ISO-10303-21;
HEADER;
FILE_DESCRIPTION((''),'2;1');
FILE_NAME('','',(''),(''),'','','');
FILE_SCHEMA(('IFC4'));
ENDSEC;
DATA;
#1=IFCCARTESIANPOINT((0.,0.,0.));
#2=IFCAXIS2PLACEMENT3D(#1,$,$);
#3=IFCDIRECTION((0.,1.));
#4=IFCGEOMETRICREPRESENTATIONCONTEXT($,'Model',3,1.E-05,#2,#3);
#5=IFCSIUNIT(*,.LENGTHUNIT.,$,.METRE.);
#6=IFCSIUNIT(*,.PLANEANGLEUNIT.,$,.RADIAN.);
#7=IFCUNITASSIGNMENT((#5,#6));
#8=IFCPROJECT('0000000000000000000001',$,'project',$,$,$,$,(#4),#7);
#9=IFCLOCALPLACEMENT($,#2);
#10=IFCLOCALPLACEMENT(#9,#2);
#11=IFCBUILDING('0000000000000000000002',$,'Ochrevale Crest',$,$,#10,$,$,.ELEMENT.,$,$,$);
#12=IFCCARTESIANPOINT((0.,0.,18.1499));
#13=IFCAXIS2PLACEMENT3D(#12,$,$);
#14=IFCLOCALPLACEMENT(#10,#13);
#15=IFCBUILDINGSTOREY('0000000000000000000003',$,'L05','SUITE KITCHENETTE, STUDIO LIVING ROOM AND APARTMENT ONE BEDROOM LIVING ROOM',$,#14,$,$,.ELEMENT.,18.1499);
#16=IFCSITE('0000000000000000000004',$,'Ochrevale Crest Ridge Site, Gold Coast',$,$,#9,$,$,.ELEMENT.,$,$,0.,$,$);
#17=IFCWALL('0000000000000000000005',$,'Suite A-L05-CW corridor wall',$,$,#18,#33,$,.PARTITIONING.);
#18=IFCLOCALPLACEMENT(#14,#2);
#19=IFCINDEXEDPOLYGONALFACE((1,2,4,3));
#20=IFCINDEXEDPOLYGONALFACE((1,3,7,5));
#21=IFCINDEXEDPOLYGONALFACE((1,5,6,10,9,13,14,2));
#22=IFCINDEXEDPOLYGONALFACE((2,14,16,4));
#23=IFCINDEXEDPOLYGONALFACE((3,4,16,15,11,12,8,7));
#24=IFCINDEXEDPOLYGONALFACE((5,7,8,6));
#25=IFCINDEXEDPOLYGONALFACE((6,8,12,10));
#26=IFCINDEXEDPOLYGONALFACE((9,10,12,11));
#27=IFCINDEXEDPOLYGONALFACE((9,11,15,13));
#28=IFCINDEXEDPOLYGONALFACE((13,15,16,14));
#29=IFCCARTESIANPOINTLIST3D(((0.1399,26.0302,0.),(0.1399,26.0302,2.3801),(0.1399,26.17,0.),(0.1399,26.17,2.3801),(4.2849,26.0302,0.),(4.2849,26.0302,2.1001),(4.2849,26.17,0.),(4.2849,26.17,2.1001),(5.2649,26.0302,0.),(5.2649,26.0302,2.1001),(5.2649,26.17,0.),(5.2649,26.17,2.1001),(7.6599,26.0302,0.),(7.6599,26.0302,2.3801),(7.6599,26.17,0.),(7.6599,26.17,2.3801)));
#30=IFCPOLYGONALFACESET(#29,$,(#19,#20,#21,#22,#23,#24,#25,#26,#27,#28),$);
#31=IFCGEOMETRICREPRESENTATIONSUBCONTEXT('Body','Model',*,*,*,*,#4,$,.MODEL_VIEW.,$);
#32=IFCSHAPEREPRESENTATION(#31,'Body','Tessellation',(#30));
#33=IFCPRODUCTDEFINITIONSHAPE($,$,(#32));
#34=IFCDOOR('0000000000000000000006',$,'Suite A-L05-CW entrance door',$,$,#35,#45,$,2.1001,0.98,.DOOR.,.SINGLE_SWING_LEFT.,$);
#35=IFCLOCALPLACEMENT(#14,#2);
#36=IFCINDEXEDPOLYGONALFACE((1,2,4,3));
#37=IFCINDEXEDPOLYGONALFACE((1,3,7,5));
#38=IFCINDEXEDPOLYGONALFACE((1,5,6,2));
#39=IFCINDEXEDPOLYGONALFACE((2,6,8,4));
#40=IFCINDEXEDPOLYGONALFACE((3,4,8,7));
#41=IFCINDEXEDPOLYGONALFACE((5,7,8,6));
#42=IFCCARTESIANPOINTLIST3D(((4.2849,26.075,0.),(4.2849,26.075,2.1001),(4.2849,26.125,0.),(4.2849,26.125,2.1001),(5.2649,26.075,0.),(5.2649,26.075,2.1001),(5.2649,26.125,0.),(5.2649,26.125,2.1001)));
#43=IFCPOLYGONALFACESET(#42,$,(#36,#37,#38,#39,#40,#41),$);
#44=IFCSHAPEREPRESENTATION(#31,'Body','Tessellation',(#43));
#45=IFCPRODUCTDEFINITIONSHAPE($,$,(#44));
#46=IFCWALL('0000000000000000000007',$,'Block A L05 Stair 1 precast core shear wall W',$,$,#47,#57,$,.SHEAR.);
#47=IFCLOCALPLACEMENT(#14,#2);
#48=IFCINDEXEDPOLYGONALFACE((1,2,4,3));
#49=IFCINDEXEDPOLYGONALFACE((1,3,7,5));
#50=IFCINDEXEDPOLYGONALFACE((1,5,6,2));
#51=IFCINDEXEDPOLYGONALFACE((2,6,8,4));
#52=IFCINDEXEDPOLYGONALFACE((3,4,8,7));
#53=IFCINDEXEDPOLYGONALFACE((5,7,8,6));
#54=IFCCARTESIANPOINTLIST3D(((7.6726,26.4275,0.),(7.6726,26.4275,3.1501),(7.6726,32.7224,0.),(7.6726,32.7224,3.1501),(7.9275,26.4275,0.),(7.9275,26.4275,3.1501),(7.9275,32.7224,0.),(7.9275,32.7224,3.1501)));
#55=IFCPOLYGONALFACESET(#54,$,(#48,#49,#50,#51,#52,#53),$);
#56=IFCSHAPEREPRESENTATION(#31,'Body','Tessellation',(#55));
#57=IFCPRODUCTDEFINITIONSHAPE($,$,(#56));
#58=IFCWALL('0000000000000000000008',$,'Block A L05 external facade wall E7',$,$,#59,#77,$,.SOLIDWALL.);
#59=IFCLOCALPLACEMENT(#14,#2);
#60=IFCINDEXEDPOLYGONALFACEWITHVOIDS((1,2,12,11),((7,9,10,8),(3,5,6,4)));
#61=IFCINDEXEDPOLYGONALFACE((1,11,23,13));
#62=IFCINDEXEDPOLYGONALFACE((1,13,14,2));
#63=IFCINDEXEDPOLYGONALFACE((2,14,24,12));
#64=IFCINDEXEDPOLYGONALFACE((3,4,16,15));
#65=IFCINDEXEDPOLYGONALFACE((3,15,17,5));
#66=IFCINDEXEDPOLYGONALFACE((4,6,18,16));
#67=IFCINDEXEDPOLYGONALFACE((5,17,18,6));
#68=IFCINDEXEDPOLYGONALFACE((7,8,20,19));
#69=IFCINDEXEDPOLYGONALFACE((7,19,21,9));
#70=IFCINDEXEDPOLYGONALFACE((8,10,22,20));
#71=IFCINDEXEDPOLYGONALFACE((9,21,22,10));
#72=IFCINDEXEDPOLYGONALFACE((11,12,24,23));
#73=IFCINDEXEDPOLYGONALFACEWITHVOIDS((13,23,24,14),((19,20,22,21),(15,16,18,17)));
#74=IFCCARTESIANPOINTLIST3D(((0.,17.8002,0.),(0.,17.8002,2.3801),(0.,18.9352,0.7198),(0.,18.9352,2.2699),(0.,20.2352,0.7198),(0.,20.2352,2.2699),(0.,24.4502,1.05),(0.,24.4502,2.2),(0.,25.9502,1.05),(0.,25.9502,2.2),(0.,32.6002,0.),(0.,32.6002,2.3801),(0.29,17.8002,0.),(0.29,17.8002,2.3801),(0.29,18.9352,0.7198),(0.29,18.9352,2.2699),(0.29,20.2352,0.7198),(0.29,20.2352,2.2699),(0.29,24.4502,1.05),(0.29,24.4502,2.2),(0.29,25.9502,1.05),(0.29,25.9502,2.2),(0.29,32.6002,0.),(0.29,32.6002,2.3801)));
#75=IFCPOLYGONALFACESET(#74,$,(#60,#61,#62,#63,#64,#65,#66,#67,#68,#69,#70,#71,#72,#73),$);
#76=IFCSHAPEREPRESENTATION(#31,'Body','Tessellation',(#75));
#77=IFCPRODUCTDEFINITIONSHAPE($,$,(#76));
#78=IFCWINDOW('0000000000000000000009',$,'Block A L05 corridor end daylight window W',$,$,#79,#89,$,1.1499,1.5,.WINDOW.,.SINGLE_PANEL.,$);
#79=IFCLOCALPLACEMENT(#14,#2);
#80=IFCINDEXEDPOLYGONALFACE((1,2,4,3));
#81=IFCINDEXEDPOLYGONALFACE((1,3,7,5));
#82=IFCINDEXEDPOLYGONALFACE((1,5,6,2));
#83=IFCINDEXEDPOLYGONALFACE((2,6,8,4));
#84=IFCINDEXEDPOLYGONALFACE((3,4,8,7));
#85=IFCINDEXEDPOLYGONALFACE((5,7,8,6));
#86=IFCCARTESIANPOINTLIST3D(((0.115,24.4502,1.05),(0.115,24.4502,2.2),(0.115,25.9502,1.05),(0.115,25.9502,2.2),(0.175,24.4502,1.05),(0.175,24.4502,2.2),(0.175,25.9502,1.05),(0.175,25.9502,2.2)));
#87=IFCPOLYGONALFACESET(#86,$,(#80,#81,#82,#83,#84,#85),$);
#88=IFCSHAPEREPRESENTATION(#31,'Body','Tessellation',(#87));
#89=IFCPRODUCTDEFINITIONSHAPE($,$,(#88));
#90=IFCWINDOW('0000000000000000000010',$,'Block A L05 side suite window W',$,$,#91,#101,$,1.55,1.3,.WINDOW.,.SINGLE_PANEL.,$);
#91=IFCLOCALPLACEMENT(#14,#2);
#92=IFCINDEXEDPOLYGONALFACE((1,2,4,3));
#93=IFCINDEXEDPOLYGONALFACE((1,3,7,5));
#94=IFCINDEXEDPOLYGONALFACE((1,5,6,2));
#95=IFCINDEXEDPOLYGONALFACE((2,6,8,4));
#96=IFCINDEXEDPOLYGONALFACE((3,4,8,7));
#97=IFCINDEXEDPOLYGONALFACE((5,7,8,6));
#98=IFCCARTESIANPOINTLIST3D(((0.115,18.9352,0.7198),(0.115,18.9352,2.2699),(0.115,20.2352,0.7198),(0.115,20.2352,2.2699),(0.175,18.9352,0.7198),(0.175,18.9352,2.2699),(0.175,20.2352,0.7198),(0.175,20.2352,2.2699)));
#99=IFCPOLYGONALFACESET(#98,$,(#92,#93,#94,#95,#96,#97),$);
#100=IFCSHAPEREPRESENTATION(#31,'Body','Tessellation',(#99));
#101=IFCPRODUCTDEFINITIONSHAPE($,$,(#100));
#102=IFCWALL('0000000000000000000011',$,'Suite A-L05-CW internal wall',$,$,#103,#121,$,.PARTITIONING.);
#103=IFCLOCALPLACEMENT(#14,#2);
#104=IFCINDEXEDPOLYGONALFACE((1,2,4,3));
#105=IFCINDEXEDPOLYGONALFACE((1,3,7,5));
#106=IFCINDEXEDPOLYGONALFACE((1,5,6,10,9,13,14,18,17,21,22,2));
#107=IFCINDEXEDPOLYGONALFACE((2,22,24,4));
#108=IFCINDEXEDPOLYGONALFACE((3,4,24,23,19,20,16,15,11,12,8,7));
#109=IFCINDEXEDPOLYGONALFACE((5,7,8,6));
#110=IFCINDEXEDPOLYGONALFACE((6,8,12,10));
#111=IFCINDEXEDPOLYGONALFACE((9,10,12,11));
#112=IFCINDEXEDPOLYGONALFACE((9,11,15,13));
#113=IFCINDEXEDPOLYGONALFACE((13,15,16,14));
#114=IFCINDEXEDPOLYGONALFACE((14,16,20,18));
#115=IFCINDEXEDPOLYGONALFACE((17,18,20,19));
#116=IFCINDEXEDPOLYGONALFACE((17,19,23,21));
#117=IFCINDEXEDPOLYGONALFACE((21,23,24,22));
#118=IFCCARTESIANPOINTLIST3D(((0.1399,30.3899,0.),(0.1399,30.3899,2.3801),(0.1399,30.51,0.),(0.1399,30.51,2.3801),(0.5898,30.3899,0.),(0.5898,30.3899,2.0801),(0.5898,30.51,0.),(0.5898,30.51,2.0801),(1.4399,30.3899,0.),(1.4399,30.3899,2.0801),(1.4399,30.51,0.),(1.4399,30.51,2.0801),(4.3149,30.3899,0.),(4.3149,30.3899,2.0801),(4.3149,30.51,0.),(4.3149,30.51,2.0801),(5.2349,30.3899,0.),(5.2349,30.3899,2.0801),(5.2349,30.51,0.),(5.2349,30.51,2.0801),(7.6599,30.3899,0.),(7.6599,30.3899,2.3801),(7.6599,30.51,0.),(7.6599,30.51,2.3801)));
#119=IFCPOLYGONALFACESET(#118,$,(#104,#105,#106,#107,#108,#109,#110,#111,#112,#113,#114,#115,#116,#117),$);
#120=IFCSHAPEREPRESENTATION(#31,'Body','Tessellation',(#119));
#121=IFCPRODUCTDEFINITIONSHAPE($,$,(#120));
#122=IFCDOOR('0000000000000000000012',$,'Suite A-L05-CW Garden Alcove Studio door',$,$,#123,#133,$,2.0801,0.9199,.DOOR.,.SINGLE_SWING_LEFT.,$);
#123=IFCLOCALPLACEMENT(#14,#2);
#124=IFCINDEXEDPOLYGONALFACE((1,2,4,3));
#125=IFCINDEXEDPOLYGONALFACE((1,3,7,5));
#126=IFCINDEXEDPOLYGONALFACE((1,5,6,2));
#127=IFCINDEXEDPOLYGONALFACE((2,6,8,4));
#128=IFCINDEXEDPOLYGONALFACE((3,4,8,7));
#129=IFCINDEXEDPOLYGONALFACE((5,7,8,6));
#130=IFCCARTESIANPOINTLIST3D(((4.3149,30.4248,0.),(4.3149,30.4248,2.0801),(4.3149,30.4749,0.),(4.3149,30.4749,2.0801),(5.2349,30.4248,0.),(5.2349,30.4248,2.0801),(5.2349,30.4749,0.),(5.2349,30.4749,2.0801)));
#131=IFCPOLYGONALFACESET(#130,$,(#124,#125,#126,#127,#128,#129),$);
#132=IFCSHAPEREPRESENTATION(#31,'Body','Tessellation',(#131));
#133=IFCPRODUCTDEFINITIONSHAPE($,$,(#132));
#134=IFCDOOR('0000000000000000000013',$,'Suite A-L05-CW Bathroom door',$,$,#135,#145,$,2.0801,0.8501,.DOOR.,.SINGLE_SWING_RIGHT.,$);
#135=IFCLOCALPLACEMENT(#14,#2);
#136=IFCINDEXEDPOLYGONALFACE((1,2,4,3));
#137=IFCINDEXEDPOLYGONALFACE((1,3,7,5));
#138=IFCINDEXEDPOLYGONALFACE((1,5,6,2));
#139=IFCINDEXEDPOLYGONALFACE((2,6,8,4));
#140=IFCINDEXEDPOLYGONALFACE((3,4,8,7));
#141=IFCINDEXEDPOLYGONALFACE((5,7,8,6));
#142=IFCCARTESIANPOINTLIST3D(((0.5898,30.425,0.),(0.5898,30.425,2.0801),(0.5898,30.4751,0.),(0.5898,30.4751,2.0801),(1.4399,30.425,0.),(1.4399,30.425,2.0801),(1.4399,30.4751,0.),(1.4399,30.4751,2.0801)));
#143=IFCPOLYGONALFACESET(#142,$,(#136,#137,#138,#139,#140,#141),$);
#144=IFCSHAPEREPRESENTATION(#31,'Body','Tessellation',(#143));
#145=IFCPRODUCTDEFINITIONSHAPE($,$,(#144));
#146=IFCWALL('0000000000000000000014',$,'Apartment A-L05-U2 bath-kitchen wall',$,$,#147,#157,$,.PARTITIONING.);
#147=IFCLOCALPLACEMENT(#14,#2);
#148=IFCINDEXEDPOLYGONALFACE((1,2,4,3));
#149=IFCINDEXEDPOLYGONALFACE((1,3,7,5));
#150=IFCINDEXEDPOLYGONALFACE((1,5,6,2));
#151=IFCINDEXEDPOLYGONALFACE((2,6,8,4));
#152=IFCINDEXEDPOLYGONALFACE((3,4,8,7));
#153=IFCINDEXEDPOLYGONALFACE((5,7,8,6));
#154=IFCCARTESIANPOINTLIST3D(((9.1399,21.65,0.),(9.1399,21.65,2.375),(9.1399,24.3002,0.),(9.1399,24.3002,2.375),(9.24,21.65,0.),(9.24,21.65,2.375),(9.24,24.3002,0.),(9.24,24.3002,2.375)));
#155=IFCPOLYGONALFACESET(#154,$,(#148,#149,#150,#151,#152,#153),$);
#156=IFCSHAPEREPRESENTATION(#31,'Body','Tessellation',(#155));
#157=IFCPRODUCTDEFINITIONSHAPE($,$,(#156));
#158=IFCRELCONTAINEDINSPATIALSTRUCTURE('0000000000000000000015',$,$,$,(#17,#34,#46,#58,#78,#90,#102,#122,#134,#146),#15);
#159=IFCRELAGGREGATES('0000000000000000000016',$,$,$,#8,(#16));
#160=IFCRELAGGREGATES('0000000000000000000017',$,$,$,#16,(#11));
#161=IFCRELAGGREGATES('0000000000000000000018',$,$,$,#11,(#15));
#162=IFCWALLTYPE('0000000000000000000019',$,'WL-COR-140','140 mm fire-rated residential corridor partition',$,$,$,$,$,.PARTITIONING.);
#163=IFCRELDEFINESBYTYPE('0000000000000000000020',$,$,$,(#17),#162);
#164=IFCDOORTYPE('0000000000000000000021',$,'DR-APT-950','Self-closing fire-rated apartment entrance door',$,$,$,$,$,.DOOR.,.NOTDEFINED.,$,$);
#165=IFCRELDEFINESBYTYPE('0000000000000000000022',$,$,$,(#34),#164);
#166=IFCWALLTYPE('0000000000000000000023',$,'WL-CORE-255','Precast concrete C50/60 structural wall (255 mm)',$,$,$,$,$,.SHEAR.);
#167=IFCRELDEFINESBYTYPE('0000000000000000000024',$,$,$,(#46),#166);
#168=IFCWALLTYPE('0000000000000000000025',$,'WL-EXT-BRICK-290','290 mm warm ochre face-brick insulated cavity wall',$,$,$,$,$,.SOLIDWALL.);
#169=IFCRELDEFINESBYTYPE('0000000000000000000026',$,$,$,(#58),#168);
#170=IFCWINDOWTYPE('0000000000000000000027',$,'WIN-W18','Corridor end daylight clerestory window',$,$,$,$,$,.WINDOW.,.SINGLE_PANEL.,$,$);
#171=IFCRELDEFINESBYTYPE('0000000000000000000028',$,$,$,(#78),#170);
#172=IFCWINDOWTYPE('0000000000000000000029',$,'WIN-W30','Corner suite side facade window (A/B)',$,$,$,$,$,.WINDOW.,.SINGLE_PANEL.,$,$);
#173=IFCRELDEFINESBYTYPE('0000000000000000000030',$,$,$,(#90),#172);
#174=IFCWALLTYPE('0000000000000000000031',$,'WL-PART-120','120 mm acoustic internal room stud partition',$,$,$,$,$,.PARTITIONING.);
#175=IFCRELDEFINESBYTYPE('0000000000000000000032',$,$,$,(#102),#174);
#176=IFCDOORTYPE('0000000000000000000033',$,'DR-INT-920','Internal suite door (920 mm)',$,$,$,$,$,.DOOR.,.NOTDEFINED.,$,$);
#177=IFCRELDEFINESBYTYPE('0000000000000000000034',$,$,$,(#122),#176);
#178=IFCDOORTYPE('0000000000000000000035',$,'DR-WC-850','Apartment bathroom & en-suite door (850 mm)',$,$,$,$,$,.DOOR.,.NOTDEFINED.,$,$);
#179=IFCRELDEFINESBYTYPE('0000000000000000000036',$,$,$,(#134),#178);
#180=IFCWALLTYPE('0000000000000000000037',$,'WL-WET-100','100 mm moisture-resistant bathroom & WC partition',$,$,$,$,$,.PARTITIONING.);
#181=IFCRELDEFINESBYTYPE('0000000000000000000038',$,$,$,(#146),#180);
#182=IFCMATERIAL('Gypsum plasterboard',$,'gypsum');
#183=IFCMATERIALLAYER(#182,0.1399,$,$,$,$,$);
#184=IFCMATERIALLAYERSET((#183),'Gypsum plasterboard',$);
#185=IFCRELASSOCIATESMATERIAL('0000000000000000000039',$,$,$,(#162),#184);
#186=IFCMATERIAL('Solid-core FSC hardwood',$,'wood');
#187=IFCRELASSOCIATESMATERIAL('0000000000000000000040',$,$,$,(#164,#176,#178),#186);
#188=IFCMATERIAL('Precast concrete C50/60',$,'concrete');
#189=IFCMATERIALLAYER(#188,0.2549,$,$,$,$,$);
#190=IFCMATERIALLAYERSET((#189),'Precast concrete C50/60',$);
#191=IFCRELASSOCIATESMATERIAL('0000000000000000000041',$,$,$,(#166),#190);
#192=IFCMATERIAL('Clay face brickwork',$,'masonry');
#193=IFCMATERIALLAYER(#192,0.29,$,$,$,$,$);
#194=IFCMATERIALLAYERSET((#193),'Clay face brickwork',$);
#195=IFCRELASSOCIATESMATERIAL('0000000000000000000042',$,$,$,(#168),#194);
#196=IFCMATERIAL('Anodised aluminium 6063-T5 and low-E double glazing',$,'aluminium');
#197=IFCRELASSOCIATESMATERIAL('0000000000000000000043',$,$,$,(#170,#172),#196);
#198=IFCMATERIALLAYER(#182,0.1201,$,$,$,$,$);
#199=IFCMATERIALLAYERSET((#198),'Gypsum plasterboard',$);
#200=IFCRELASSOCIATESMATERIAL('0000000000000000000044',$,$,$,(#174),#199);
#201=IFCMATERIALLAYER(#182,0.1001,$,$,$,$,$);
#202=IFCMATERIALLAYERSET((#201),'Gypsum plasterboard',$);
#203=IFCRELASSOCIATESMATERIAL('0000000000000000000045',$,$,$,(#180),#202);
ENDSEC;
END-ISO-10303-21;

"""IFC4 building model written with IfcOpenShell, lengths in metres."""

from ifc_helpers import new_model, si_unit, direction, frame, frame_2d, origin, place, context, subcontext, project, spatial, rectangle, extrude, material, layer, layer_set, type_object, element, fill, save


model = new_model("IFC4")

# Units and contexts
model_context = context("Model", 3, precision=1e-05, world=origin(), true_north=direction((0.0, 1.0)))
body_context = subcontext(model_context, "Body", "Model", "MODEL_VIEW")
ifc_project = project(units=[si_unit("LENGTHUNIT", "METRE"), si_unit("PLANEANGLEUNIT", "RADIAN")], contexts=[model_context])

# Site, building, storey
site_placement = place(None, origin())
site = spatial("IfcSite", under=ifc_project, at=site_placement, Name="Ochrevale Crest Ridge Site, Gold Coast", CompositionType="ELEMENT", RefElevation=0.0)
building_placement = place(site_placement, origin())
building = spatial("IfcBuilding", under=site, at=building_placement, Name="Ochrevale Crest", CompositionType="ELEMENT")
storey_placement = place(building_placement, frame((0.0, 0.0, 18.1499)))
storey = spatial("IfcBuildingStorey", under=building, at=storey_placement, Name="L05", Description="SUITE KITCHENETTE, STUDIO LIVING ROOM AND APARTMENT ONE BEDROOM LIVING ROOM", CompositionType="ELEMENT", Elevation=18.1499)

# Shared definitions
ifc_material_1 = material(Name="Precast concrete C50/60", Category="concrete")

# Wall, opening, door
ifc_material_2 = material(Name="Gypsum plasterboard", Category="gypsum")
ifc_layer_1 = layer(ifc_material_2, 0.1399)
ifc_layer_set_1 = layer_set([ifc_layer_1], Name="Gypsum plasterboard")
wall_type_1 = type_object("IfcWallType", Name="WL-COR-140", Description="140 mm fire-rated residential corridor partition", PredefinedType="PARTITIONING", material=ifc_layer_set_1)
ifc_material_3 = material(Name="Solid-core FSC hardwood", Category="wood")
door_type_1 = type_object("IfcDoorType", Name="DR-APT-950", Description="Self-closing fire-rated apartment entrance door", OperationType="NOTDEFINED", PredefinedType="DOOR", material=ifc_material_3)
wall_1_placement = place(storey_placement, frame((0.1399, 26.1001, 0.0), z_axis=(0.0, 0.0, 1.0), x_axis=(1.0, 0.0, 0.0)))
wall_1 = element("IfcWall", 1, at=wall_1_placement, inside=storey, type_object=wall_type_1, Name="Suite A-L05-CW corridor wall", PredefinedType="PARTITIONING", context=body_context, shape_type="SweptSolid", body=[
    extrude(rectangle(XDim=7.52, YDim=0.1399, at=frame_2d((3.76, 0.0))), origin(), (0.0, 0.0, 1.0), 2.3801),
])
opening_1_placement = place(wall_1_placement, frame((4.145, 0.0, 0.0)))
opening_1 = element("IfcOpeningElement", 2, at=opening_1_placement, cuts=wall_1, PredefinedType="OPENING", context=body_context, shape_type="SweptSolid", body=[
    extrude(rectangle(XDim=0.98, YDim=2.1001, at=frame_2d((0.49, 1.05))), frame((0.0, 0.0801, 0.0), z_axis=(0.0, -1.0, 0.0), x_axis=(1.0, 0.0, 0.0)), (0.0, 0.0, 1.0), 0.1599),
])
door_1_placement = place(opening_1_placement, origin())
door_1 = element("IfcDoor", 3, at=door_1_placement, inside=storey, type_object=door_type_1, Name="Suite A-L05-CW entrance door", OperationType="SINGLE_SWING_LEFT", OverallHeight=2.1001, OverallWidth=0.98, PredefinedType="DOOR", context=body_context, shape_type="SweptSolid", body=[
    extrude(rectangle(XDim=0.98, YDim=2.1001, at=frame_2d((0.49, 1.05))), frame((0.0, 0.0249, 0.0), z_axis=(0.0, -1.0, 0.0), x_axis=(1.0, 0.0, 0.0)), (0.0, 0.0, 1.0), 0.05),
])
fill(opening_1, door_1)
ifc_layer_2 = layer(ifc_material_1, 0.2549)
ifc_layer_set_2 = layer_set([ifc_layer_2], Name="Precast concrete C50/60")
wall_type_2 = type_object("IfcWallType", Name="WL-CORE-255", Description="Precast concrete C50/60 structural wall (255 mm)", PredefinedType="SHEAR", material=ifc_layer_set_2)

# Wall
wall_2_placement = place(storey_placement, frame((7.8, 26.4275, 0.0), z_axis=(0.0, 0.0, 1.0), x_axis=(0.0, 1.0, 0.0)))
element("IfcWall", 4, at=wall_2_placement, inside=storey, type_object=wall_type_2, Name="Block A L05 Stair 1 precast core shear wall W", PredefinedType="SHEAR", context=body_context, shape_type="SweptSolid", body=[
    extrude(rectangle(XDim=6.2949, YDim=0.2549, at=frame_2d((3.1475, 0.0))), origin(), (0.0, 0.0, 1.0), 3.1501),
])

# Wall, openings, windows
ifc_material_4 = material(Name="Clay face brickwork", Category="masonry")
ifc_layer_3 = layer(ifc_material_4, 0.29)
ifc_layer_set_3 = layer_set([ifc_layer_3], Name="Clay face brickwork")
wall_type_3 = type_object("IfcWallType", Name="WL-EXT-BRICK-290", Description="290 mm warm ochre face-brick insulated cavity wall", PredefinedType="SOLIDWALL", material=ifc_layer_set_3)
wall_3_placement = place(storey_placement, frame((0.145, 32.6001, 0.0), z_axis=(0.0, 0.0, 1.0), x_axis=(0.0, -1.0, 0.0)))
wall_3 = element("IfcWall", 5, at=wall_3_placement, inside=storey, type_object=wall_type_3, Name="Block A L05 external facade wall E7", PredefinedType="SOLIDWALL", context=body_context, shape_type="SweptSolid", body=[
    extrude(rectangle(XDim=14.8, YDim=0.29, at=frame_2d((7.3999, 0.0))), origin(), (0.0, 0.0, 1.0), 2.3801),
])
opening_2_placement = place(wall_3_placement, frame((6.6499, 0.0, 1.05)))
opening_2 = element("IfcOpeningElement", 6, at=opening_2_placement, cuts=wall_3, PredefinedType="OPENING", context=body_context, shape_type="SweptSolid", body=[
    extrude(rectangle(XDim=1.5, YDim=1.1499, at=frame_2d((0.75, 0.575))), frame((0.0, 0.155, 0.0), z_axis=(0.0, -1.0, 0.0), x_axis=(1.0, 0.0, 0.0)), (0.0, 0.0, 1.0), 0.3101),
])
opening_3_placement = place(wall_3_placement, frame((12.365, 0.0, 0.72)))
opening_3 = element("IfcOpeningElement", 7, at=opening_3_placement, cuts=wall_3, PredefinedType="OPENING", context=body_context, shape_type="SweptSolid", body=[
    extrude(rectangle(XDim=1.3, YDim=1.55, at=frame_2d((0.6499, 0.7749))), frame((0.0, 0.155, 0.0), z_axis=(0.0, -1.0, 0.0), x_axis=(1.0, 0.0, 0.0)), (0.0, 0.0, 1.0), 0.3101),
])
ifc_material_5 = material(Name="Anodised aluminium 6063-T5 and low-E double glazing", Category="aluminium")
window_type_1 = type_object("IfcWindowType", Name="WIN-W18", Description="Corridor end daylight clerestory window", PartitioningType="SINGLE_PANEL", PredefinedType="WINDOW", material=ifc_material_5)
window_1_placement = place(opening_2_placement, origin())
window_1 = element("IfcWindow", 8, at=window_1_placement, inside=storey, type_object=window_type_1, Name="Block A L05 corridor end daylight window W", OverallHeight=1.1499, OverallWidth=1.5, PartitioningType="SINGLE_PANEL", PredefinedType="WINDOW", context=body_context, shape_type="SweptSolid", body=[
    extrude(rectangle(XDim=1.5, YDim=1.1499, at=frame_2d((0.75, 0.575))), frame((0.0, 0.03, 0.0), z_axis=(0.0, -1.0, 0.0), x_axis=(1.0, 0.0, 0.0)), (0.0, 0.0, 1.0), 0.0601),
])
fill(opening_2, window_1)
window_type_2 = type_object("IfcWindowType", Name="WIN-W30", Description="Corner suite side facade window (A/B)", PartitioningType="SINGLE_PANEL", PredefinedType="WINDOW", material=ifc_material_5)
window_2_placement = place(opening_3_placement, origin())
window_2 = element("IfcWindow", 9, at=window_2_placement, inside=storey, type_object=window_type_2, Name="Block A L05 side suite window W", OverallHeight=1.55, OverallWidth=1.3, PartitioningType="SINGLE_PANEL", PredefinedType="WINDOW", context=body_context, shape_type="SweptSolid", body=[
    extrude(rectangle(XDim=1.3, YDim=1.55, at=frame_2d((0.6499, 0.7749))), frame((0.0, 0.03, 0.0), z_axis=(0.0, -1.0, 0.0), x_axis=(1.0, 0.0, 0.0)), (0.0, 0.0, 1.0), 0.0601),
])
fill(opening_3, window_2)

# Wall, openings, doors
ifc_layer_4 = layer(ifc_material_2, 0.1201)
ifc_layer_set_4 = layer_set([ifc_layer_4], Name="Gypsum plasterboard")
wall_type_4 = type_object("IfcWallType", Name="WL-PART-120", Description="120 mm acoustic internal room stud partition", PredefinedType="PARTITIONING", material=ifc_layer_set_4)
wall_4_placement = place(storey_placement, frame((0.1399, 30.45, 0.0), z_axis=(0.0, 0.0, 1.0), x_axis=(1.0, 0.0, 0.0)))
wall_4 = element("IfcWall", 10, at=wall_4_placement, inside=storey, type_object=wall_type_4, Name="Suite A-L05-CW internal wall", PredefinedType="PARTITIONING", context=body_context, shape_type="SweptSolid", body=[
    extrude(rectangle(XDim=7.52, YDim=0.1201, at=frame_2d((3.76, 0.0))), origin(), (0.0, 0.0, 1.0), 2.3801),
])
opening_4_placement = place(wall_4_placement, frame((1.3, 0.0, 0.0), z_axis=(0.0, 0.0, 1.0), x_axis=(-1.0, 0.0, 0.0)))
opening_4 = element("IfcOpeningElement", 11, at=opening_4_placement, cuts=wall_4, PredefinedType="OPENING", context=body_context, shape_type="SweptSolid", body=[
    extrude(rectangle(XDim=0.8501, YDim=2.0801, at=frame_2d((0.425, 1.04))), frame((0.0, 0.0701, 0.0), z_axis=(0.0, -1.0, 0.0), x_axis=(1.0, 0.0, 0.0)), (0.0, 0.0, 1.0), 0.1401),
])
opening_5_placement = place(wall_4_placement, frame((4.175, 0.0, 0.0)))
opening_5 = element("IfcOpeningElement", 12, at=opening_5_placement, cuts=wall_4, PredefinedType="OPENING", context=body_context, shape_type="SweptSolid", body=[
    extrude(rectangle(XDim=0.9199, YDim=2.0801, at=frame_2d((0.46, 1.04))), frame((0.0, 0.0701, 0.0), z_axis=(0.0, -1.0, 0.0), x_axis=(1.0, 0.0, 0.0)), (0.0, 0.0, 1.0), 0.1401),
])
door_type_2 = type_object("IfcDoorType", Name="DR-INT-920", Description="Internal suite door (920 mm)", OperationType="NOTDEFINED", PredefinedType="DOOR", material=ifc_material_3)
door_2_placement = place(opening_5_placement, origin())
door_2 = element("IfcDoor", 13, at=door_2_placement, inside=storey, type_object=door_type_2, Name="Suite A-L05-CW Garden Alcove Studio door", OperationType="SINGLE_SWING_LEFT", OverallHeight=2.0801, OverallWidth=0.9199, PredefinedType="DOOR", context=body_context, shape_type="SweptSolid", body=[
    extrude(rectangle(XDim=0.9199, YDim=2.0801, at=frame_2d((0.46, 1.04))), frame((0.0, 0.0249, 0.0), z_axis=(0.0, -1.0, 0.0), x_axis=(1.0, 0.0, 0.0)), (0.0, 0.0, 1.0), 0.05),
])
fill(opening_5, door_2)
door_type_3 = type_object("IfcDoorType", Name="DR-WC-850", Description="Apartment bathroom & en-suite door (850 mm)", OperationType="NOTDEFINED", PredefinedType="DOOR", material=ifc_material_3)
door_3_placement = place(opening_4_placement, origin())
door_3 = element("IfcDoor", 14, at=door_3_placement, inside=storey, type_object=door_type_3, Name="Suite A-L05-CW Bathroom door", OperationType="SINGLE_SWING_RIGHT", OverallHeight=2.0801, OverallWidth=0.8501, PredefinedType="DOOR", context=body_context, shape_type="SweptSolid", body=[
    extrude(rectangle(XDim=0.8501, YDim=2.0801, at=frame_2d((0.425, 1.04))), frame((0.0, 0.0249, 0.0), z_axis=(0.0, -1.0, 0.0), x_axis=(1.0, 0.0, 0.0)), (0.0, 0.0, 1.0), 0.05),
])
fill(opening_4, door_3)

# Wall
ifc_layer_5 = layer(ifc_material_2, 0.1001)
ifc_layer_set_5 = layer_set([ifc_layer_5], Name="Gypsum plasterboard")
wall_type_5 = type_object("IfcWallType", Name="WL-WET-100", Description="100 mm moisture-resistant bathroom & WC partition", PredefinedType="PARTITIONING", material=ifc_layer_set_5)
wall_5_placement = place(storey_placement, frame((9.1899, 21.6499, 0.0), z_axis=(0.0, 0.0, 1.0), x_axis=(0.0, 1.0, 0.0)))
element("IfcWall", 15, at=wall_5_placement, inside=storey, type_object=wall_type_5, Name="Apartment A-L05-U2 bath-kitchen wall", PredefinedType="PARTITIONING", context=body_context, shape_type="SweptSolid", body=[
    extrude(rectangle(XDim=2.6501, YDim=0.1001, at=frame_2d((1.3252, 0.0))), origin(), (0.0, 0.0, 1.0), 2.375),
])

save(model, "model.ifc")
